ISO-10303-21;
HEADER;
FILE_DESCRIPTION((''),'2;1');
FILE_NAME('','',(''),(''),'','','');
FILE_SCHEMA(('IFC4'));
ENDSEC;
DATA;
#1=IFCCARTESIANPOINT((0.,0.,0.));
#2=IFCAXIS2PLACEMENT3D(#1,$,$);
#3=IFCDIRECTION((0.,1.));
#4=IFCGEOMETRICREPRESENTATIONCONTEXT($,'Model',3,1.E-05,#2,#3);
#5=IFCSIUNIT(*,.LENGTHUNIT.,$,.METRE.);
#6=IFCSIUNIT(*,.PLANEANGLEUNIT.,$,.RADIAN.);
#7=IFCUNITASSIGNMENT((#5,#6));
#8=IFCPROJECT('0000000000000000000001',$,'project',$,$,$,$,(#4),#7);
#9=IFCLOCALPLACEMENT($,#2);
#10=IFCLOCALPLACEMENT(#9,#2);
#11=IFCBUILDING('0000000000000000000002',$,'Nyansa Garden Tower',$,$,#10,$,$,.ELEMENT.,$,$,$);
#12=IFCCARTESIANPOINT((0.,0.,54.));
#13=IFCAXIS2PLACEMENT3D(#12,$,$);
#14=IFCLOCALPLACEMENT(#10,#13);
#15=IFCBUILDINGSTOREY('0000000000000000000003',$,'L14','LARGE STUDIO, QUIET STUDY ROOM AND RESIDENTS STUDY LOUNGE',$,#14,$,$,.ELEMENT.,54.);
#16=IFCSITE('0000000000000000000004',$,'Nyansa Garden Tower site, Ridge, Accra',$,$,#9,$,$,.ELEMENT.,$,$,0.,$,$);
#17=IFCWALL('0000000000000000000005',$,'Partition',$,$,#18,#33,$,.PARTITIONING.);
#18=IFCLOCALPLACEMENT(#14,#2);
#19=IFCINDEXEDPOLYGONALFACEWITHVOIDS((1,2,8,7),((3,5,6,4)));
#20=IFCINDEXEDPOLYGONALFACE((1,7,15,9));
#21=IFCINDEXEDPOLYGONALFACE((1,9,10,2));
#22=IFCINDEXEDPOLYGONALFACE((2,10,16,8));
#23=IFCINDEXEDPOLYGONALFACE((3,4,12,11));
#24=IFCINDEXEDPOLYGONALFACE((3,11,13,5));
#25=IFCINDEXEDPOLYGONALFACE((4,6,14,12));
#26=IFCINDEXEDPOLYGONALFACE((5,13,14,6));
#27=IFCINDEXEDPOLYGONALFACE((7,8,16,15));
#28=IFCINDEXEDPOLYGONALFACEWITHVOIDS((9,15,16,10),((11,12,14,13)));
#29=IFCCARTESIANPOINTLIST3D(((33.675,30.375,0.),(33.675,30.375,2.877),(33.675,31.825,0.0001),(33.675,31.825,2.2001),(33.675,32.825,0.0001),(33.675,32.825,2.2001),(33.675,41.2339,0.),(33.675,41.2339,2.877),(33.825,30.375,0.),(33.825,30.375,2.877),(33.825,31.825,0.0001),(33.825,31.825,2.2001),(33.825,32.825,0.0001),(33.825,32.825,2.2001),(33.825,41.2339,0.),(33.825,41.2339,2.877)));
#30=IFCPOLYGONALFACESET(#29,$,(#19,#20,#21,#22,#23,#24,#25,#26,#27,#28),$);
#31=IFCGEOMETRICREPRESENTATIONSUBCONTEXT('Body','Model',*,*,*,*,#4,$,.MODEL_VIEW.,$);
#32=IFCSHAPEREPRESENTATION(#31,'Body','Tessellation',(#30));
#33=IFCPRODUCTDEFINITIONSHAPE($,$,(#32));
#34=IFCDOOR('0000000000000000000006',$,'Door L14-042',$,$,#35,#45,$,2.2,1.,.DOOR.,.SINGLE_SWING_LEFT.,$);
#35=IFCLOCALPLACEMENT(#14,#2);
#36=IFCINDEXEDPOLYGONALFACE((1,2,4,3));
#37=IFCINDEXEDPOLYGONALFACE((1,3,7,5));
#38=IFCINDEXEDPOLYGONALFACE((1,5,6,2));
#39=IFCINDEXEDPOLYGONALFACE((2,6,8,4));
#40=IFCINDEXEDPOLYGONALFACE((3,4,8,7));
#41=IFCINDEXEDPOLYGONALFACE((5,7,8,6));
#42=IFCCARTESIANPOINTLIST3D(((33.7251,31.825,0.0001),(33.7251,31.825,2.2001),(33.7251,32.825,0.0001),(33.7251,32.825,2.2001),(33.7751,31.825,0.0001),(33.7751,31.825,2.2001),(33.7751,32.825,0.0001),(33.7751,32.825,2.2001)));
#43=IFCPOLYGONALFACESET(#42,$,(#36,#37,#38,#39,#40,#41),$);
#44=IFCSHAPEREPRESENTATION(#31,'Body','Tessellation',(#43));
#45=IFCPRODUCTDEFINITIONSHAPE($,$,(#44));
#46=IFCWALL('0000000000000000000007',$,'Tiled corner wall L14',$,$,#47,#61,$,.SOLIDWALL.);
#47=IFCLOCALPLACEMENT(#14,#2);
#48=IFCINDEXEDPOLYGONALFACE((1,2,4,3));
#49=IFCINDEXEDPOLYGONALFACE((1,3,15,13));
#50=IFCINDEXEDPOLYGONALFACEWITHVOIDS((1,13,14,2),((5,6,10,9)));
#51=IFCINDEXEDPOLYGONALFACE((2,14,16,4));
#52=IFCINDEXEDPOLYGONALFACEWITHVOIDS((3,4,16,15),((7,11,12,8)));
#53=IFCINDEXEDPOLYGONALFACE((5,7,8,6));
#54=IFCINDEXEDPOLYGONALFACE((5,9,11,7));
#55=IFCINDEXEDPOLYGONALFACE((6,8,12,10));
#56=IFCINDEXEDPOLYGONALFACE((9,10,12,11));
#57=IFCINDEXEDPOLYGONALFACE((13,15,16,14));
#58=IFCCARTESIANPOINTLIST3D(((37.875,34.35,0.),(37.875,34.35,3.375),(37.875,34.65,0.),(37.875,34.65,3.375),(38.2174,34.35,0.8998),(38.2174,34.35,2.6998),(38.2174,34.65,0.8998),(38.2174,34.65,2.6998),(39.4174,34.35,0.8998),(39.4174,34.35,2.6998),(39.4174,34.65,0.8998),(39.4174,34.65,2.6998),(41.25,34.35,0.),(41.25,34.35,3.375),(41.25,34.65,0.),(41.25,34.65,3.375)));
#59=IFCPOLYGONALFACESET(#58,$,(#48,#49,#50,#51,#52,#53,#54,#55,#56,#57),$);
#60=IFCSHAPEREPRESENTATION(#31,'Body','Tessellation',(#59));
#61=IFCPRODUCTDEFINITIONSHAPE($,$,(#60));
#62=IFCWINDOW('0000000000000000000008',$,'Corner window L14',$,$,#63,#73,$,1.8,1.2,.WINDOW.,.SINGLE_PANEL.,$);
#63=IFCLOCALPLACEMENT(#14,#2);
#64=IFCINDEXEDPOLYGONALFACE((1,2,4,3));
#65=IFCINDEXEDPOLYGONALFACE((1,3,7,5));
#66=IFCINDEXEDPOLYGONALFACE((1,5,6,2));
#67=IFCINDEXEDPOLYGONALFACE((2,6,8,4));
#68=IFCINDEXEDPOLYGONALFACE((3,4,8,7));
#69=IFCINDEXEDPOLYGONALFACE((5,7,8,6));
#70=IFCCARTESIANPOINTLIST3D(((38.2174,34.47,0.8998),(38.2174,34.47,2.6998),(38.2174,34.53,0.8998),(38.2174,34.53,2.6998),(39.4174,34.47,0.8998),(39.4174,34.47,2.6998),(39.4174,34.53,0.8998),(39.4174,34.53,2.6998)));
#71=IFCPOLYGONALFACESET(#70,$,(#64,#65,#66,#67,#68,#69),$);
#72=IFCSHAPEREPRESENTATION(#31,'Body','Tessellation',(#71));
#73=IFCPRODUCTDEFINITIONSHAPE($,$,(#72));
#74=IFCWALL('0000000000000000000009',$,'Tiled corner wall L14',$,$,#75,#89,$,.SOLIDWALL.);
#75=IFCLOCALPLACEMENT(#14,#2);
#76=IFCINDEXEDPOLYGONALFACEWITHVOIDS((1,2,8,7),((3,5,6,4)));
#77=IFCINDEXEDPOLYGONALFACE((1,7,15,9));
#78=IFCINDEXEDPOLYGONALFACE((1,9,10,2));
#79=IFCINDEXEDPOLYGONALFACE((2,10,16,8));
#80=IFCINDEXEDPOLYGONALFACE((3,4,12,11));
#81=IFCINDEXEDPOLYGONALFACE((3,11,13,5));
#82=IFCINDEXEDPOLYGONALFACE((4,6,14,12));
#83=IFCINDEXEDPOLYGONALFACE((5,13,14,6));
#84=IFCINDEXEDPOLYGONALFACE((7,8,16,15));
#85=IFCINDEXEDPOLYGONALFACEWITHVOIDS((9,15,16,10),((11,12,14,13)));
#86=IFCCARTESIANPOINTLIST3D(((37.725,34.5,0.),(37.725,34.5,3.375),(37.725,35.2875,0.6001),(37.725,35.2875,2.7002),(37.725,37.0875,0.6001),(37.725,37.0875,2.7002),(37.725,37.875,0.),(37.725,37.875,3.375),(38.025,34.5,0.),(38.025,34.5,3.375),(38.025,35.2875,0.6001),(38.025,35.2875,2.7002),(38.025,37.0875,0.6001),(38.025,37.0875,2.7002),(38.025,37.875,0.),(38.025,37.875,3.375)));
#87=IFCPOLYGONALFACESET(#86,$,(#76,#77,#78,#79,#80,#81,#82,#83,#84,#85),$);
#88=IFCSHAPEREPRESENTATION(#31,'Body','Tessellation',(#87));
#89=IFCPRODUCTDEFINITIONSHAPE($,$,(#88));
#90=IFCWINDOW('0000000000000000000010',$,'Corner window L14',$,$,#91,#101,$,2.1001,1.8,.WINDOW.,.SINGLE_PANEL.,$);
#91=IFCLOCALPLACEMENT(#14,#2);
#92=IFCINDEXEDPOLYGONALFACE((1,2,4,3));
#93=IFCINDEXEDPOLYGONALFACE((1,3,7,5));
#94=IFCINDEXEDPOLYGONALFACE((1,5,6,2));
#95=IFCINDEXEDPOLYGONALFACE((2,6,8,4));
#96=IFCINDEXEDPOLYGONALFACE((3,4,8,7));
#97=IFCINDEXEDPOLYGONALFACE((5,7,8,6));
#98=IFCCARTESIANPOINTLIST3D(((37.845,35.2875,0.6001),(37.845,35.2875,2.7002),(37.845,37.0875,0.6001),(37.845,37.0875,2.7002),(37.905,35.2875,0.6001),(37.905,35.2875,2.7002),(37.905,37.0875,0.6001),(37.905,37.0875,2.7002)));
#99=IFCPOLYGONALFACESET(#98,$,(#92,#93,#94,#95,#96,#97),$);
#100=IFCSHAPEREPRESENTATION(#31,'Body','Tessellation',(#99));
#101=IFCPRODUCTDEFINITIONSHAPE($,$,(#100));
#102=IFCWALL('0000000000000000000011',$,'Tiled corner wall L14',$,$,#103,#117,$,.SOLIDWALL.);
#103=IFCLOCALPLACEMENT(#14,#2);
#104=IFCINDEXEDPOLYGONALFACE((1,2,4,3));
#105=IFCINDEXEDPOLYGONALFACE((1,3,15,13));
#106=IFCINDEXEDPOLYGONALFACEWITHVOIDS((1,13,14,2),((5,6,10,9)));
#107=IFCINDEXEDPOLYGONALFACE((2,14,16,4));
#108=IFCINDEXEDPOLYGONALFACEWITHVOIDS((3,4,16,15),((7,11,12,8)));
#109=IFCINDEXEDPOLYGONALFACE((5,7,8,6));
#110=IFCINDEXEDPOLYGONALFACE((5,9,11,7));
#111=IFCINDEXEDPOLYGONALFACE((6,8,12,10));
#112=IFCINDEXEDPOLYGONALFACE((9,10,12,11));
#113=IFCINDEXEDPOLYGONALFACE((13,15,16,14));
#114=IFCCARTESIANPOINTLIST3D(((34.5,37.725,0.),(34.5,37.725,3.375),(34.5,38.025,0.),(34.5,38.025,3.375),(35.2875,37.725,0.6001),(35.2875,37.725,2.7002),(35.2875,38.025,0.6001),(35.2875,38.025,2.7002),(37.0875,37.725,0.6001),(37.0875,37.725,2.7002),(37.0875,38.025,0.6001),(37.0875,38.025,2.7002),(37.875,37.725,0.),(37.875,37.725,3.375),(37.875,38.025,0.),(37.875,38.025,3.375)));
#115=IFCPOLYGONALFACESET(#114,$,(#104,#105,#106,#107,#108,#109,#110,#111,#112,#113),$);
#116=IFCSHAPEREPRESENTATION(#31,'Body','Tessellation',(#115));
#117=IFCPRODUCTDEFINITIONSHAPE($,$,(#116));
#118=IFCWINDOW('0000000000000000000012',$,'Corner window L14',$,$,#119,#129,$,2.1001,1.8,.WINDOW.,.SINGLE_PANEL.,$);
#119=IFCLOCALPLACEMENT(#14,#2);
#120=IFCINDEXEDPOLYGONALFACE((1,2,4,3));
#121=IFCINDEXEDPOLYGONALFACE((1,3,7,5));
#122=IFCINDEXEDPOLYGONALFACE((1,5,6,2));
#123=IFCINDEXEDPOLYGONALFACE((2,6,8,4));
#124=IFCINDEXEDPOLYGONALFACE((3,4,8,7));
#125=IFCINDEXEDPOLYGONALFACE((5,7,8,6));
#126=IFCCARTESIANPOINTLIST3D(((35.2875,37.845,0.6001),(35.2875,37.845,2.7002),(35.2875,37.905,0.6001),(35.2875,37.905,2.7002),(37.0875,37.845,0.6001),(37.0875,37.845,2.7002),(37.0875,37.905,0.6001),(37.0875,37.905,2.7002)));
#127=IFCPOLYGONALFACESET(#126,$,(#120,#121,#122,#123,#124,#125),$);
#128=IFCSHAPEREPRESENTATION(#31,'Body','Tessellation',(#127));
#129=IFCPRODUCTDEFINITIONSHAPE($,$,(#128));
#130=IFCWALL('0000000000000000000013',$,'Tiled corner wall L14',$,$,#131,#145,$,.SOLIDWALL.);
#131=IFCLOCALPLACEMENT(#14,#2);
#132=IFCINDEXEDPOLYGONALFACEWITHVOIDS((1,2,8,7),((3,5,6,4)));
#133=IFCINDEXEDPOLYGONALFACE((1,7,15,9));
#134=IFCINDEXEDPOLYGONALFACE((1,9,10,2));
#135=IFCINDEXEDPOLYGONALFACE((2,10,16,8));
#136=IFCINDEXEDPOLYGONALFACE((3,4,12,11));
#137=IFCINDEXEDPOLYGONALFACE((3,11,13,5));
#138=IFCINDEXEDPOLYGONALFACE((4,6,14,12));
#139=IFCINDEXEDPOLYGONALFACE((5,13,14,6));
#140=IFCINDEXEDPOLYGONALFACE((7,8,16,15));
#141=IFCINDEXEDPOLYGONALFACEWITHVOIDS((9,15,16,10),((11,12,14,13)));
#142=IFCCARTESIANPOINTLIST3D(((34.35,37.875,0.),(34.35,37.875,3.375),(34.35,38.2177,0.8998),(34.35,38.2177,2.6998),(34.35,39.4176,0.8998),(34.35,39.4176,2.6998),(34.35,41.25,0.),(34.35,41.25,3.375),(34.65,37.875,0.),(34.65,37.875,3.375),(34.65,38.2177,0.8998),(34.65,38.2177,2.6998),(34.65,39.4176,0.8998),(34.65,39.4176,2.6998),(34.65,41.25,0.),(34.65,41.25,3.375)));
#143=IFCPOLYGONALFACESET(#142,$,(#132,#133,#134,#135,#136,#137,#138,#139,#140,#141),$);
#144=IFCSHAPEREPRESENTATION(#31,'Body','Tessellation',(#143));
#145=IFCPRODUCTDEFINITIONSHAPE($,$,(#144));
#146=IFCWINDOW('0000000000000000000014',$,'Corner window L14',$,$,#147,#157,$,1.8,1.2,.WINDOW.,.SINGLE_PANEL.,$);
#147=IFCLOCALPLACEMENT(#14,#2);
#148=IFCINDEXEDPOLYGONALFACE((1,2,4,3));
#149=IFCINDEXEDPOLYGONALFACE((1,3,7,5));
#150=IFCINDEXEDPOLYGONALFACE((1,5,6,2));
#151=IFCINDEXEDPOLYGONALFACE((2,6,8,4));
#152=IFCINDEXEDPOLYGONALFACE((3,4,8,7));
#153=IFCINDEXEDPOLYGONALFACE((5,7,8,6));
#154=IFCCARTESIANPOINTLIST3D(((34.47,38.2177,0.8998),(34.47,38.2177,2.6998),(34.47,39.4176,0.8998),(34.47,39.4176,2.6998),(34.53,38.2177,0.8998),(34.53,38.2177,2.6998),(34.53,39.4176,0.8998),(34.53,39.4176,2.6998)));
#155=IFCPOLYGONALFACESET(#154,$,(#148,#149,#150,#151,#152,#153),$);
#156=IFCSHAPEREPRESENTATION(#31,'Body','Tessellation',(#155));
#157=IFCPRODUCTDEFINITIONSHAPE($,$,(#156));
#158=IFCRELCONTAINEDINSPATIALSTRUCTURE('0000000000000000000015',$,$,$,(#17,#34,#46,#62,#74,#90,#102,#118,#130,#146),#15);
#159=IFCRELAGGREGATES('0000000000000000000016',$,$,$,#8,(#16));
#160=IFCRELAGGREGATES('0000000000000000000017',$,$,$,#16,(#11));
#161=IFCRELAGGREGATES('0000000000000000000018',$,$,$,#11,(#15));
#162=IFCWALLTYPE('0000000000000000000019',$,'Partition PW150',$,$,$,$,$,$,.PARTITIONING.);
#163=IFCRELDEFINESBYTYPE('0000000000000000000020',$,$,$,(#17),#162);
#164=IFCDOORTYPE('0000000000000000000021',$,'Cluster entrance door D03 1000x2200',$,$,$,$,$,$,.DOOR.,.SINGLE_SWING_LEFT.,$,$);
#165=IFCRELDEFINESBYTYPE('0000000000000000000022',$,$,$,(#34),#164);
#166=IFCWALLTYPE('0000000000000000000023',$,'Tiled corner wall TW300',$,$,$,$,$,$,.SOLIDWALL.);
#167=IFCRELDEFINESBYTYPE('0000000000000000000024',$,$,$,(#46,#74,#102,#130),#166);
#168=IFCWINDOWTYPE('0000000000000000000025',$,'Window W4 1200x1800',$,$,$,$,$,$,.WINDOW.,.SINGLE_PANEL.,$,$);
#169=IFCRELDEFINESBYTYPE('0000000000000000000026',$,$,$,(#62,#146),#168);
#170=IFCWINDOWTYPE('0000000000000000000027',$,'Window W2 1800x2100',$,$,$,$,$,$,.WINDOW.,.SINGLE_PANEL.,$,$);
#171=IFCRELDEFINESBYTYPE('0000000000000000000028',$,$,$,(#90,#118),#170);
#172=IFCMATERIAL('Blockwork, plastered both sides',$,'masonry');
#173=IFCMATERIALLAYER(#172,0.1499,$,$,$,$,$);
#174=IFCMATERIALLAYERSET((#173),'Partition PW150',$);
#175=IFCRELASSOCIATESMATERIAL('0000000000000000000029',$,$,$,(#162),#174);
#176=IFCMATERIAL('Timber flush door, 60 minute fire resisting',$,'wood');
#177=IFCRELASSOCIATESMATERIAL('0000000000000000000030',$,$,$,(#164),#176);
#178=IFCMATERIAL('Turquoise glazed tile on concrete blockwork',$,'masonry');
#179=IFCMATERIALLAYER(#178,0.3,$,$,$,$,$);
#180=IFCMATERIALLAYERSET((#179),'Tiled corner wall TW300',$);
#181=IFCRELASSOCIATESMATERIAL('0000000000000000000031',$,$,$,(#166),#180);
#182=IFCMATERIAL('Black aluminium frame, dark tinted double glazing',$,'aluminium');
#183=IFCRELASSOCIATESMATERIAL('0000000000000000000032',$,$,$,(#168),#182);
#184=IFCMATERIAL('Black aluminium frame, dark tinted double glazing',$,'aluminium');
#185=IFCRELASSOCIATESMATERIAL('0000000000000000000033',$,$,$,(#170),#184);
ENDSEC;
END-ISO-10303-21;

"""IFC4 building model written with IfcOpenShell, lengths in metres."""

from ifc_helpers import new_model, si_unit, direction, frame, frame_2d, origin, place, context, subcontext, project, spatial, rectangle, extrude, material, layer, layer_set, type_object, element, fill, save


model = new_model("IFC4")

# Units and contexts
model_context = context("Model", 3, precision=1e-05, world=origin(), true_north=direction((0.0, 1.0)))
body_context = subcontext(model_context, "Body", "Model", "MODEL_VIEW")
ifc_project = project(units=[si_unit("LENGTHUNIT", "METRE"), si_unit("PLANEANGLEUNIT", "RADIAN")], contexts=[model_context])

# Site, building, storey
site_placement = place(None, origin())
site = spatial("IfcSite", under=ifc_project, at=site_placement, Name="Nyansa Garden Tower site, Ridge, Accra", CompositionType="ELEMENT", RefElevation=0.0)
building_placement = place(site_placement, origin())
building = spatial("IfcBuilding", under=site, at=building_placement, Name="Nyansa Garden Tower", CompositionType="ELEMENT")
storey_placement = place(building_placement, frame((0.0, 0.0, 54.0)))
storey = spatial("IfcBuildingStorey", under=building, at=storey_placement, Name="L14", Description="LARGE STUDIO, QUIET STUDY ROOM AND RESIDENTS STUDY LOUNGE", CompositionType="ELEMENT", Elevation=54.0)

# Shared definitions
ifc_material_1 = material(Name="Blockwork, plastered both sides", Category="masonry")
ifc_layer_1 = layer(ifc_material_1, 0.1499)
ifc_layer_set_1 = layer_set([ifc_layer_1], Name="Partition PW150")
wall_type_1 = type_object("IfcWallType", Name="Partition PW150", PredefinedType="PARTITIONING", material=ifc_layer_set_1)

# Wall, opening, door
wall_1_placement = place(storey_placement, frame((33.75, 30.375, 0.0), z_axis=(0.0, 0.0, 1.0), x_axis=(0.0, 1.0, 0.0)))
wall_1 = element("IfcWall", 1, at=wall_1_placement, inside=storey, type_object=wall_type_1, Name="Partition", PredefinedType="PARTITIONING", context=body_context, shape_type="SweptSolid", body=[
    extrude(rectangle(XDim=10.8589, YDim=0.1499, at=frame_2d((5.4294, 0.0))), origin(), (0.0, 0.0, 1.0), 2.877),
])
opening_1_placement = place(wall_1_placement, frame((1.45, 0.0, 0.0)))
opening_1 = element("IfcOpeningElement", 2, at=opening_1_placement, cuts=wall_1, PredefinedType="OPENING", context=body_context, shape_type="SweptSolid", body=[
    extrude(rectangle(XDim=1.0, YDim=2.2, at=frame_2d((0.5, 1.1001))), frame((0.0, 0.085, 0.0), z_axis=(0.0, -1.0, 0.0), x_axis=(1.0, 0.0, 0.0)), (0.0, 0.0, 1.0), 0.1699),
])
ifc_material_2 = material(Name="Timber flush door, 60 minute fire resisting", Category="wood")
door_type_1 = type_object("IfcDoorType", Name="Cluster entrance door D03 1000x2200", OperationType="SINGLE_SWING_LEFT", PredefinedType="DOOR", material=ifc_material_2)
door_1_placement = place(opening_1_placement, origin())
door_1 = element("IfcDoor", 3, at=door_1_placement, inside=storey, type_object=door_type_1, Name="Door L14-042", OperationType="SINGLE_SWING_LEFT", OverallHeight=2.2, OverallWidth=1.0, PredefinedType="DOOR", context=body_context, shape_type="SweptSolid", body=[
    extrude(rectangle(XDim=1.0, YDim=2.2, at=frame_2d((0.5, 1.1001))), frame((0.0, 0.0249, 0.0), z_axis=(0.0, -1.0, 0.0), x_axis=(1.0, 0.0, 0.0)), (0.0, 0.0, 1.0), 0.05),
])
fill(opening_1, door_1)

# Walls, openings, windows
ifc_material_3 = material(Name="Turquoise glazed tile on concrete blockwork", Category="masonry")
ifc_layer_2 = layer(ifc_material_3, 0.3)
ifc_layer_set_2 = layer_set([ifc_layer_2], Name="Tiled corner wall TW300")
wall_type_2 = type_object("IfcWallType", Name="Tiled corner wall TW300", PredefinedType="SOLIDWALL", material=ifc_layer_set_2)
wall_2_placement = place(storey_placement, frame((41.25, 34.5, 0.0), z_axis=(0.0, 0.0, 1.0), x_axis=(-1.0, 0.0, 0.0)))
wall_2 = element("IfcWall", 4, at=wall_2_placement, inside=storey, type_object=wall_type_2, Name="Tiled corner wall L14", PredefinedType="SOLIDWALL", context=body_context, shape_type="SweptSolid", body=[
    extrude(rectangle(XDim=3.375, YDim=0.3, at=frame_2d((1.6875, 0.0))), origin(), (0.0, 0.0, 1.0), 3.375),
])
opening_2_placement = place(wall_2_placement, frame((1.8325, 0.0, 0.8999)))
opening_2 = element("IfcOpeningElement", 5, at=opening_2_placement, cuts=wall_2, PredefinedType="OPENING", context=body_context, shape_type="SweptSolid", body=[
    extrude(rectangle(XDim=1.2, YDim=1.8, at=frame_2d((0.6001, 0.8999))), frame((0.0, 0.1599, 0.0), z_axis=(0.0, -1.0, 0.0), x_axis=(1.0, 0.0, 0.0)), (0.0, 0.0, 1.0), 0.3201),
])
ifc_material_4 = material(Name="Black aluminium frame, dark tinted double glazing", Category="aluminium")
window_type_1 = type_object("IfcWindowType", Name="Window W4 1200x1800", PartitioningType="SINGLE_PANEL", PredefinedType="WINDOW", material=ifc_material_4)
window_1_placement = place(opening_2_placement, origin())
window_1 = element("IfcWindow", 6, at=window_1_placement, inside=storey, type_object=window_type_1, Name="Corner window L14", OverallHeight=1.8, OverallWidth=1.2, PartitioningType="SINGLE_PANEL", PredefinedType="WINDOW", context=body_context, shape_type="SweptSolid", body=[
    extrude(rectangle(XDim=1.2, YDim=1.8, at=frame_2d((0.6001, 0.8999))), frame((0.0, 0.03, 0.0), z_axis=(0.0, -1.0, 0.0), x_axis=(1.0, 0.0, 0.0)), (0.0, 0.0, 1.0), 0.0601),
])
fill(opening_2, window_1)
wall_3_placement = place(storey_placement, frame((37.875, 34.5, 0.0), z_axis=(0.0, 0.0, 1.0), x_axis=(0.0, 1.0, 0.0)))
wall_3 = element("IfcWall", 7, at=wall_3_placement, inside=storey, type_object=wall_type_2, Name="Tiled corner wall L14", PredefinedType="SOLIDWALL", context=body_context, shape_type="SweptSolid", body=[
    extrude(rectangle(XDim=3.375, YDim=0.3, at=frame_2d((1.6875, 0.0))), origin(), (0.0, 0.0, 1.0), 3.375),
])
opening_3_placement = place(wall_3_placement, frame((0.7876, 0.0, 0.6001)))
opening_3 = element("IfcOpeningElement", 8, at=opening_3_placement, cuts=wall_3, PredefinedType="OPENING", context=body_context, shape_type="SweptSolid", body=[
    extrude(rectangle(XDim=1.8, YDim=2.1001, at=frame_2d((0.8999, 1.05))), frame((0.0, 0.1599, 0.0), z_axis=(0.0, -1.0, 0.0), x_axis=(1.0, 0.0, 0.0)), (0.0, 0.0, 1.0), 0.3201),
])
ifc_material_5 = material(Name="Black aluminium frame, dark tinted double glazing", Category="aluminium")
window_type_2 = type_object("IfcWindowType", Name="Window W2 1800x2100", PartitioningType="SINGLE_PANEL", PredefinedType="WINDOW", material=ifc_material_5)
window_2_placement = place(opening_3_placement, origin())
window_2 = element("IfcWindow", 9, at=window_2_placement, inside=storey, type_object=window_type_2, Name="Corner window L14", OverallHeight=2.1001, OverallWidth=1.8, PartitioningType="SINGLE_PANEL", PredefinedType="WINDOW", context=body_context, shape_type="SweptSolid", body=[
    extrude(rectangle(XDim=1.8, YDim=2.1001, at=frame_2d((0.8999, 1.05))), frame((0.0, 0.03, 0.0), z_axis=(0.0, -1.0, 0.0), x_axis=(1.0, 0.0, 0.0)), (0.0, 0.0, 1.0), 0.0601),
])
fill(opening_3, window_2)
wall_4_placement = place(storey_placement, frame((37.875, 37.875, 0.0), z_axis=(0.0, 0.0, 1.0), x_axis=(-1.0, 0.0, 0.0)))
wall_4 = element("IfcWall", 10, at=wall_4_placement, inside=storey, type_object=wall_type_2, Name="Tiled corner wall L14", PredefinedType="SOLIDWALL", context=body_context, shape_type="SweptSolid", body=[
    extrude(rectangle(XDim=3.375, YDim=0.3, at=frame_2d((1.6875, 0.0))), origin(), (0.0, 0.0, 1.0), 3.375),
])
opening_4_placement = place(wall_4_placement, frame((0.7876, 0.0, 0.6001)))
opening_4 = element("IfcOpeningElement", 11, at=opening_4_placement, cuts=wall_4, PredefinedType="OPENING", context=body_context, shape_type="SweptSolid", body=[
    extrude(rectangle(XDim=1.8, YDim=2.1001, at=frame_2d((0.8999, 1.05))), frame((0.0, 0.1599, 0.0), z_axis=(0.0, -1.0, 0.0), x_axis=(1.0, 0.0, 0.0)), (0.0, 0.0, 1.0), 0.3201),
])
window_3_placement = place(opening_4_placement, origin())
window_3 = element("IfcWindow", 12, at=window_3_placement, inside=storey, type_object=window_type_2, Name="Corner window L14", OverallHeight=2.1001, OverallWidth=1.8, PartitioningType="SINGLE_PANEL", PredefinedType="WINDOW", context=body_context, shape_type="SweptSolid", body=[
    extrude(rectangle(XDim=1.8, YDim=2.1001, at=frame_2d((0.8999, 1.05))), frame((0.0, 0.03, 0.0), z_axis=(0.0, -1.0, 0.0), x_axis=(1.0, 0.0, 0.0)), (0.0, 0.0, 1.0), 0.0601),
])
fill(opening_4, window_3)
wall_5_placement = place(storey_placement, frame((34.5, 37.875, 0.0), z_axis=(0.0, 0.0, 1.0), x_axis=(0.0, 1.0, 0.0)))
wall_5 = element("IfcWall", 13, at=wall_5_placement, inside=storey, type_object=wall_type_2, Name="Tiled corner wall L14", PredefinedType="SOLIDWALL", context=body_context, shape_type="SweptSolid", body=[
    extrude(rectangle(XDim=3.375, YDim=0.3, at=frame_2d((1.6875, 0.0))), origin(), (0.0, 0.0, 1.0), 3.375),
])
opening_5_placement = place(wall_5_placement, frame((0.3425, 0.0, 0.8999)))
opening_5 = element("IfcOpeningElement", 14, at=opening_5_placement, cuts=wall_5, PredefinedType="OPENING", context=body_context, shape_type="SweptSolid", body=[
    extrude(rectangle(XDim=1.2, YDim=1.8, at=frame_2d((0.6001, 0.8999))), frame((0.0, 0.1599, 0.0), z_axis=(0.0, -1.0, 0.0), x_axis=(1.0, 0.0, 0.0)), (0.0, 0.0, 1.0), 0.3201),
])
window_4_placement = place(opening_5_placement, origin())
window_4 = element("IfcWindow", 15, at=window_4_placement, inside=storey, type_object=window_type_1, Name="Corner window L14", OverallHeight=1.8, OverallWidth=1.2, PartitioningType="SINGLE_PANEL", PredefinedType="WINDOW", context=body_context, shape_type="SweptSolid", body=[
    extrude(rectangle(XDim=1.2, YDim=1.8, at=frame_2d((0.6001, 0.8999))), frame((0.0, 0.03, 0.0), z_axis=(0.0, -1.0, 0.0), x_axis=(1.0, 0.0, 0.0)), (0.0, 0.0, 1.0), 0.0601),
])
fill(opening_5, window_4)

save(model, "model.ifc")
